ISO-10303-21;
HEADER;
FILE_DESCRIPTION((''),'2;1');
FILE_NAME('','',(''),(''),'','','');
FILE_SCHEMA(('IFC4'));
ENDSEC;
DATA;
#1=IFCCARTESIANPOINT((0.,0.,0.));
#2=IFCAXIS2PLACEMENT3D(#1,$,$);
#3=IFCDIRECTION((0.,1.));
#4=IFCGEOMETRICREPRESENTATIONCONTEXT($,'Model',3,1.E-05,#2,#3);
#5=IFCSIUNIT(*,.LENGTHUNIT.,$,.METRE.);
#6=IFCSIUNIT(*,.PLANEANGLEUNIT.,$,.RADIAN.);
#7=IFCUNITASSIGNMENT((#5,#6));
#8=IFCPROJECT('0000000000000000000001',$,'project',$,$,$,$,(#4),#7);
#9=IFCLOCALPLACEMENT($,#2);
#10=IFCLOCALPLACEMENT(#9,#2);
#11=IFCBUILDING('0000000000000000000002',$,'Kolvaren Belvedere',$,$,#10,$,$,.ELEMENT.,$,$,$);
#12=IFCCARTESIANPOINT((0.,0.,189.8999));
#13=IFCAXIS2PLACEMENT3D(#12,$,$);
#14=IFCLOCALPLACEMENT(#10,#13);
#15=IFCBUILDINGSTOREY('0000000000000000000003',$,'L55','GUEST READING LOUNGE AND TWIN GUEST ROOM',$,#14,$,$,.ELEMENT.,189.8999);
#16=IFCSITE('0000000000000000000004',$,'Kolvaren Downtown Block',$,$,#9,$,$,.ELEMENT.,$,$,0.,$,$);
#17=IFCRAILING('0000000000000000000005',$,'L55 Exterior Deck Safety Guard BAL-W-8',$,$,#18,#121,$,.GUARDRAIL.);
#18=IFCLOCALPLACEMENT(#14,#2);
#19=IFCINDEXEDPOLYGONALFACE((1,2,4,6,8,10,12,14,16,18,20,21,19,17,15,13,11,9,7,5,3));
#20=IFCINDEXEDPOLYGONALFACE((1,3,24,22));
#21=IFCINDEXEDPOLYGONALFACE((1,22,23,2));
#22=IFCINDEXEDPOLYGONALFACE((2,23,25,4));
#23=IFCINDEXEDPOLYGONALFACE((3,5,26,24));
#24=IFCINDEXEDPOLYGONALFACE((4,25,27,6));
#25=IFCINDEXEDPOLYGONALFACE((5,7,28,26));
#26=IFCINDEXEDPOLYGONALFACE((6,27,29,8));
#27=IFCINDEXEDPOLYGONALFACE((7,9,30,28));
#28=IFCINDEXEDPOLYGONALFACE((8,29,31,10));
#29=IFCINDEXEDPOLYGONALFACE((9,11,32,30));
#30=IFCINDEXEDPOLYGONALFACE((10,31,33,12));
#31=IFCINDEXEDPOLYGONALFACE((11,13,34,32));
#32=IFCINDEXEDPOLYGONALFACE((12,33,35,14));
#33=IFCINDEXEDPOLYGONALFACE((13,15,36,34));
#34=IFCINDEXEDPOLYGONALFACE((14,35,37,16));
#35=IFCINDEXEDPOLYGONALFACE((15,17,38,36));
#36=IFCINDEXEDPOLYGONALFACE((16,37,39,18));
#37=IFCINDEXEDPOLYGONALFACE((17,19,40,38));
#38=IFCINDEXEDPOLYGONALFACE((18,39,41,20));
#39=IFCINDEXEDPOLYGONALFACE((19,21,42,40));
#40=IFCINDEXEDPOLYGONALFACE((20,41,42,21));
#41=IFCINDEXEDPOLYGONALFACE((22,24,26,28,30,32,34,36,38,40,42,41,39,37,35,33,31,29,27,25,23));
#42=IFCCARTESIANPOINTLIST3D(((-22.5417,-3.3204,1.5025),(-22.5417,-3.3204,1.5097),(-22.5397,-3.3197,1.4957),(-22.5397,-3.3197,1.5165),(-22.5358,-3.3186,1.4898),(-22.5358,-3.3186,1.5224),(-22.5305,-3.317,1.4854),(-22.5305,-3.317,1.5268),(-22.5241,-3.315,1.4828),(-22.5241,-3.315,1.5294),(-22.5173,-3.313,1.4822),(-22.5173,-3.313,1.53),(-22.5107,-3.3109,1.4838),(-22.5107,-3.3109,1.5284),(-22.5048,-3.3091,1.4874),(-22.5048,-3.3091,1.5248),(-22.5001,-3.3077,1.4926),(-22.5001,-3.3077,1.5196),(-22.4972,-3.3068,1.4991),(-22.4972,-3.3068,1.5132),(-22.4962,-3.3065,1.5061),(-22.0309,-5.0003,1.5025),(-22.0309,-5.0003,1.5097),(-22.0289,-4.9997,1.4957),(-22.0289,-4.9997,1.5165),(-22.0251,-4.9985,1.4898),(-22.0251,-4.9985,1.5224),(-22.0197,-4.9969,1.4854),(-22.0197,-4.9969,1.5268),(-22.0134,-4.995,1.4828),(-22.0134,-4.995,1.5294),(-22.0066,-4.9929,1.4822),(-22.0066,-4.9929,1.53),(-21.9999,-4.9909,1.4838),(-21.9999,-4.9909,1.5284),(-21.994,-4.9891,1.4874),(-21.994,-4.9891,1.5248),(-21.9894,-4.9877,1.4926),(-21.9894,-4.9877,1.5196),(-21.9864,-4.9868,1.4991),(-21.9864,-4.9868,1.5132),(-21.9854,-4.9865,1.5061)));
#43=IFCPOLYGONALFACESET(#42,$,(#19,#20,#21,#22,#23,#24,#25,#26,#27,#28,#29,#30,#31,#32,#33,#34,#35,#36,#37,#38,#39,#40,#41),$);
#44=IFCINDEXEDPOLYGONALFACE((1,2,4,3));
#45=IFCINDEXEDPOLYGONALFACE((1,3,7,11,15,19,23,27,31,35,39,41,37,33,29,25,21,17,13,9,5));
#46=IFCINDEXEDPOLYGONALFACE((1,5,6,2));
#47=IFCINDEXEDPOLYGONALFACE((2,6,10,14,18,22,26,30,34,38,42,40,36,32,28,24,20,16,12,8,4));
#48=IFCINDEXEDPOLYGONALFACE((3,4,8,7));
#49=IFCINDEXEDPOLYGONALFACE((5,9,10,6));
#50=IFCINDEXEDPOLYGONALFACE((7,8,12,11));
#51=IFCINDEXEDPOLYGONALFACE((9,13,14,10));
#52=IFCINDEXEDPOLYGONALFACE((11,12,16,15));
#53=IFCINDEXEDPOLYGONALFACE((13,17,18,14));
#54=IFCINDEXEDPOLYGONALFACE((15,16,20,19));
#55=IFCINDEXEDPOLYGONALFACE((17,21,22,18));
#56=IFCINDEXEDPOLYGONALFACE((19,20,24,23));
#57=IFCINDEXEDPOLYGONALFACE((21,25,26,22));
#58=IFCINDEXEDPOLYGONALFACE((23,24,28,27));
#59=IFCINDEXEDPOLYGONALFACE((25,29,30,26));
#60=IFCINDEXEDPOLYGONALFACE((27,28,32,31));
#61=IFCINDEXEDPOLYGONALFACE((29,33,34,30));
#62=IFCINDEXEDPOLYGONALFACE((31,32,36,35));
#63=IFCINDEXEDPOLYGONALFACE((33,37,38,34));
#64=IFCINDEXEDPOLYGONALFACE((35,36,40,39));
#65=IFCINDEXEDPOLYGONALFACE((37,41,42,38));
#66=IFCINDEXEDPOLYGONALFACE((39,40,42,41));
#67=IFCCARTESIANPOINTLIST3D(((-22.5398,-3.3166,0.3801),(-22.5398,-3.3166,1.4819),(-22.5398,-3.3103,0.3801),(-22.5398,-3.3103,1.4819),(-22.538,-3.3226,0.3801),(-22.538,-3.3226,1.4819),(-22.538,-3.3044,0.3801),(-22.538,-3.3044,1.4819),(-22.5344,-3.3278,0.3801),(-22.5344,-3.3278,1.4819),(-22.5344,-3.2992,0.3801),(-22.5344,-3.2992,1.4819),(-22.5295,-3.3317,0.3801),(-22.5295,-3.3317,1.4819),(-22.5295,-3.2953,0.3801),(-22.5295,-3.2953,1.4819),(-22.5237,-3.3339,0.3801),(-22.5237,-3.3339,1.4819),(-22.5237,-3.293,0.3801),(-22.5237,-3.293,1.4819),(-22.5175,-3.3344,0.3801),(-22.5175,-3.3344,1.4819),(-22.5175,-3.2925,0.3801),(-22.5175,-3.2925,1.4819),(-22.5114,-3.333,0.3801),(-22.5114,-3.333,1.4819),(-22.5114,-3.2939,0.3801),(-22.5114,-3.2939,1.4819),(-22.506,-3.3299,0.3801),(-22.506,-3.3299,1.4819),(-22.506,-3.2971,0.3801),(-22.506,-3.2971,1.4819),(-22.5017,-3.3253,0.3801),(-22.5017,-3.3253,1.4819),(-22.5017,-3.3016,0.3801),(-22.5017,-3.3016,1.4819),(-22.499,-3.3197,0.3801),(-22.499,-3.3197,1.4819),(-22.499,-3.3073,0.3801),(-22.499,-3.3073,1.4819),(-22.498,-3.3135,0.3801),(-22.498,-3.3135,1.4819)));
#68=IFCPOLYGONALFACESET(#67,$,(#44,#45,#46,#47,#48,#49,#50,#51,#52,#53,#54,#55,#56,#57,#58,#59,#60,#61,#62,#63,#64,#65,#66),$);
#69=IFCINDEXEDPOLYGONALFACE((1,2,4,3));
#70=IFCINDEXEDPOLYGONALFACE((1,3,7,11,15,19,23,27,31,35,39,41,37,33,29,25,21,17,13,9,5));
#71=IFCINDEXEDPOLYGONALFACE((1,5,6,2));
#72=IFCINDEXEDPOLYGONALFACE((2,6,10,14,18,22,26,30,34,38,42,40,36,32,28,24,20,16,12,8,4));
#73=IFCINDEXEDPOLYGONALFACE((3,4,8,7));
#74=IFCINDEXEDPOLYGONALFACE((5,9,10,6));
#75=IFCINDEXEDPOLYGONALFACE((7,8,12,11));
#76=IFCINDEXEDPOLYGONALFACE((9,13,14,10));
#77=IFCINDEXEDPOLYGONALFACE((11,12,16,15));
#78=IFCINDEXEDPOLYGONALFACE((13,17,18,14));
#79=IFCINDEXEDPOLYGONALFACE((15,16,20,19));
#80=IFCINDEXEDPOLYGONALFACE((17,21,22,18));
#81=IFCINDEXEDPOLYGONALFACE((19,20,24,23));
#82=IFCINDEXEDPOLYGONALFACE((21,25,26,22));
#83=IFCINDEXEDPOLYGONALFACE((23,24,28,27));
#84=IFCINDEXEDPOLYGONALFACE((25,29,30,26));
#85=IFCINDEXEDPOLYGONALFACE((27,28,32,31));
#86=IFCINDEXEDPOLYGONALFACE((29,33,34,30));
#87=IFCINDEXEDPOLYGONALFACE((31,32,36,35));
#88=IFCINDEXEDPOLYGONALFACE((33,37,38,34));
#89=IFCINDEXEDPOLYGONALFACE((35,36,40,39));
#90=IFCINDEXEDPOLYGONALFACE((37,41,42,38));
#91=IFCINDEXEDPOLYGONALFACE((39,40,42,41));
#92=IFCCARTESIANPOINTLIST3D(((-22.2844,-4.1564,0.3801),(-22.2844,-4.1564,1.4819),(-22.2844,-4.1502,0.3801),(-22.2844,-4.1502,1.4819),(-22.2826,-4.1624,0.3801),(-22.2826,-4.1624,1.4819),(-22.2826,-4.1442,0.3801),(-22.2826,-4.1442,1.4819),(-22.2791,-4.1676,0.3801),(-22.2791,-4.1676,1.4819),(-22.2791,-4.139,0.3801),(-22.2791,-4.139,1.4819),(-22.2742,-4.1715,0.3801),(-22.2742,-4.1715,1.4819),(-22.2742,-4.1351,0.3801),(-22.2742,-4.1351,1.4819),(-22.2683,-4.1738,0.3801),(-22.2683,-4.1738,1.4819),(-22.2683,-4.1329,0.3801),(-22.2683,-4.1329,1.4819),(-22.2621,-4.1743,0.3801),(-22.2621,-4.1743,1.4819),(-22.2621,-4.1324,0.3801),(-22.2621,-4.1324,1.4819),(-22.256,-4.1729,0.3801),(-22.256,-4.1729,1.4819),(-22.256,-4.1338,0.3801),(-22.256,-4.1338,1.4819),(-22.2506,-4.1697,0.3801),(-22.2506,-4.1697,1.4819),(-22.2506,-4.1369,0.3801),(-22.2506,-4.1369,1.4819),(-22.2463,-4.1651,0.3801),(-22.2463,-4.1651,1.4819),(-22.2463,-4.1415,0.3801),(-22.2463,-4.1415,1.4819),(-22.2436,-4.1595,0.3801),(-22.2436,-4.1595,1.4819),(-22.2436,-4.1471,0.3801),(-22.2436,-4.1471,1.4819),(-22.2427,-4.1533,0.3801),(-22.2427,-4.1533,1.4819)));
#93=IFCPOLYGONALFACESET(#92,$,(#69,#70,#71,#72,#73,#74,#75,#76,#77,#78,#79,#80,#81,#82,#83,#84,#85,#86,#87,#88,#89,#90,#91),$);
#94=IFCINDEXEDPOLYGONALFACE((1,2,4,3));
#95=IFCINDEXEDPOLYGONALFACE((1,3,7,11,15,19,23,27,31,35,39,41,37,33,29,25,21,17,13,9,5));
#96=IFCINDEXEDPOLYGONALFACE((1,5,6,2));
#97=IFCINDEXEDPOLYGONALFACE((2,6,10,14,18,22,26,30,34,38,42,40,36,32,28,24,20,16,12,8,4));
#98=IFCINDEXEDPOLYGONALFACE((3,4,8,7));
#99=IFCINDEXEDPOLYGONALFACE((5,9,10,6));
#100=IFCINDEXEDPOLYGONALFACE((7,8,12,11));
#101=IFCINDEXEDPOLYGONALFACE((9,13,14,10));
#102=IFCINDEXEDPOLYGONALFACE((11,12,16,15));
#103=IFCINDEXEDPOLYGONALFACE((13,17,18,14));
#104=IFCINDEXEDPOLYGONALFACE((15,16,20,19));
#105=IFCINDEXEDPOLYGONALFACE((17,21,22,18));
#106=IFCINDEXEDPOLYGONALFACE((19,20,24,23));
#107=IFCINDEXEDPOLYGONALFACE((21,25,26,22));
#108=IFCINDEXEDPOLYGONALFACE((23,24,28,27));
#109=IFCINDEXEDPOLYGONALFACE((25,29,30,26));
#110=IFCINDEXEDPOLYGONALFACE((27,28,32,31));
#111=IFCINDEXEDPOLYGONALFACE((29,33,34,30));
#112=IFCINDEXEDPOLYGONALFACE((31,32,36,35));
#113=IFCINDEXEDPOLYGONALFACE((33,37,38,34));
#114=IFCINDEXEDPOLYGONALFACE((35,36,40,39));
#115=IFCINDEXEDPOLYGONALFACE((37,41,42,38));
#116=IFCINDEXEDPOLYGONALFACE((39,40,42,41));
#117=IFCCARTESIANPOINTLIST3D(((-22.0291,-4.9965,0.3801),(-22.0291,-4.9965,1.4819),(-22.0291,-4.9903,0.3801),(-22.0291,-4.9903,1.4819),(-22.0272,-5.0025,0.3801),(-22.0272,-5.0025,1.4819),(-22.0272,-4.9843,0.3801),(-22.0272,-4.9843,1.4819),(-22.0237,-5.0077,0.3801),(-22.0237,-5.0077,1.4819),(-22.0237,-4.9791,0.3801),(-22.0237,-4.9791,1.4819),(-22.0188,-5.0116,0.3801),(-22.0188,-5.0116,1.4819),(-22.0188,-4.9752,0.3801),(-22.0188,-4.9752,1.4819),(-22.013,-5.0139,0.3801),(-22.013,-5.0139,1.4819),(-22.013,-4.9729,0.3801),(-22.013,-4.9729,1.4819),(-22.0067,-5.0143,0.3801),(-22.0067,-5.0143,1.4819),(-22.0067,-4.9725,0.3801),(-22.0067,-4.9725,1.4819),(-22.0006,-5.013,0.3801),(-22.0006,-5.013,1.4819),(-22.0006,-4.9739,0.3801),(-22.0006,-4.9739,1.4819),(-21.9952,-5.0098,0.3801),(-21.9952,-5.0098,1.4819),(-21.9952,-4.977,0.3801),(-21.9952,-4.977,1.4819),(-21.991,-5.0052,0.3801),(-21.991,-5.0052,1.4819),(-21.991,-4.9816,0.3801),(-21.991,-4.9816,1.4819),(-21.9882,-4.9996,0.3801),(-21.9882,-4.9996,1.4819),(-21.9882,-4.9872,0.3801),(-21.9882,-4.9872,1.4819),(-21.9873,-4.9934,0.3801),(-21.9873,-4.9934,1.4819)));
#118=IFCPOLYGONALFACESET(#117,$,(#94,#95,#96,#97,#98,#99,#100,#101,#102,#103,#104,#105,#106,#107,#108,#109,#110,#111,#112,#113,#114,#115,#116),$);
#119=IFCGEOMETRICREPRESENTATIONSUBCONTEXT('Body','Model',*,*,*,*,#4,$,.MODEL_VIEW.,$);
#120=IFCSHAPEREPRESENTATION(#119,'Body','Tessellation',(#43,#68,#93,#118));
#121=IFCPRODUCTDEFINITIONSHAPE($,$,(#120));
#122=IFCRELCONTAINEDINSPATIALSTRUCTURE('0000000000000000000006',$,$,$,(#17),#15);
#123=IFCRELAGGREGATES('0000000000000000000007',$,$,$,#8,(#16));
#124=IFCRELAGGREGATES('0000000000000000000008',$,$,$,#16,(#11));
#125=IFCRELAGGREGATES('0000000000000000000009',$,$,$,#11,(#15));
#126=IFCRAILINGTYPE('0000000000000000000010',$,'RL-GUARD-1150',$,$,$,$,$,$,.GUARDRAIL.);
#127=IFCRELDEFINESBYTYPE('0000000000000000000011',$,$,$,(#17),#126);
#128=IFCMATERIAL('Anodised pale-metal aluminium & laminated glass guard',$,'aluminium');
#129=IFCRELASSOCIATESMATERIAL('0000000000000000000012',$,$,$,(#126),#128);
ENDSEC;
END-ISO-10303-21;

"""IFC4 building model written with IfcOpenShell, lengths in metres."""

from ifc_helpers import new_model, si_unit, direction, frame, origin, origin_2d, place, context, subcontext, project, spatial, circle, extrude, material, type_object, element, save


model = new_model("IFC4")

# Units and contexts
model_context = context("Model", 3, precision=1e-05, world=origin(), true_north=direction((0.0, 1.0)))
body_context = subcontext(model_context, "Body", "Model", "MODEL_VIEW")
ifc_project = project(units=[si_unit("LENGTHUNIT", "METRE"), si_unit("PLANEANGLEUNIT", "RADIAN")], contexts=[model_context])

# Site, building, storey
site_placement = place(None, origin())
site = spatial("IfcSite", under=ifc_project, at=site_placement, Name="Kolvaren Downtown Block", CompositionType="ELEMENT", RefElevation=0.0)
building_placement = place(site_placement, origin())
building = spatial("IfcBuilding", under=site, at=building_placement, Name="Kolvaren Belvedere", CompositionType="ELEMENT")
storey_placement = place(building_placement, frame((0.0, 0.0, 189.8999)))
storey = spatial("IfcBuildingStorey", under=building, at=storey_placement, Name="L55", Description="GUEST READING LOUNGE AND TWIN GUEST ROOM", CompositionType="ELEMENT", Elevation=189.8999)

# Railing
ifc_material_1 = material(Name="Anodised pale-metal aluminium & laminated glass guard", Category="aluminium")
railing_type = type_object("IfcRailingType", Name="RL-GUARD-1150", PredefinedType="GUARDRAIL", material=ifc_material_1)
railing_1_placement = place(storey_placement, frame((-22.519, -3.3135, 0.3801)))
element("IfcRailing", 1, at=railing_1_placement, inside=storey, type_object=railing_type, Name="L55 Exterior Deck Safety Guard BAL-W-8", PredefinedType="GUARDRAIL", context=body_context, shape_type="SweptSolid", body=[
    extrude(circle(Radius=0.0239, at=origin_2d()), frame((0.0, 0.0, 1.126), z_axis=(0.290879, -0.95676, 0.0), x_axis=(0.95676, 0.290879, 0.0)), (0.0, 0.0, 1.0), 1.7559),
    extrude(circle(Radius=0.021, at=origin_2d()), origin(), (0.0, 0.0, 1.0), 1.1018),
    extrude(circle(Radius=0.021, at=origin_2d()), frame((0.2554, -0.8398, 0.0)), (0.0, 0.0, 1.0), 1.1018),
    extrude(circle(Radius=0.021, at=origin_2d()), frame((0.5107, -1.6799, 0.0)), (0.0, 0.0, 1.0), 1.1018),
])

save(model, "model.ifc")
